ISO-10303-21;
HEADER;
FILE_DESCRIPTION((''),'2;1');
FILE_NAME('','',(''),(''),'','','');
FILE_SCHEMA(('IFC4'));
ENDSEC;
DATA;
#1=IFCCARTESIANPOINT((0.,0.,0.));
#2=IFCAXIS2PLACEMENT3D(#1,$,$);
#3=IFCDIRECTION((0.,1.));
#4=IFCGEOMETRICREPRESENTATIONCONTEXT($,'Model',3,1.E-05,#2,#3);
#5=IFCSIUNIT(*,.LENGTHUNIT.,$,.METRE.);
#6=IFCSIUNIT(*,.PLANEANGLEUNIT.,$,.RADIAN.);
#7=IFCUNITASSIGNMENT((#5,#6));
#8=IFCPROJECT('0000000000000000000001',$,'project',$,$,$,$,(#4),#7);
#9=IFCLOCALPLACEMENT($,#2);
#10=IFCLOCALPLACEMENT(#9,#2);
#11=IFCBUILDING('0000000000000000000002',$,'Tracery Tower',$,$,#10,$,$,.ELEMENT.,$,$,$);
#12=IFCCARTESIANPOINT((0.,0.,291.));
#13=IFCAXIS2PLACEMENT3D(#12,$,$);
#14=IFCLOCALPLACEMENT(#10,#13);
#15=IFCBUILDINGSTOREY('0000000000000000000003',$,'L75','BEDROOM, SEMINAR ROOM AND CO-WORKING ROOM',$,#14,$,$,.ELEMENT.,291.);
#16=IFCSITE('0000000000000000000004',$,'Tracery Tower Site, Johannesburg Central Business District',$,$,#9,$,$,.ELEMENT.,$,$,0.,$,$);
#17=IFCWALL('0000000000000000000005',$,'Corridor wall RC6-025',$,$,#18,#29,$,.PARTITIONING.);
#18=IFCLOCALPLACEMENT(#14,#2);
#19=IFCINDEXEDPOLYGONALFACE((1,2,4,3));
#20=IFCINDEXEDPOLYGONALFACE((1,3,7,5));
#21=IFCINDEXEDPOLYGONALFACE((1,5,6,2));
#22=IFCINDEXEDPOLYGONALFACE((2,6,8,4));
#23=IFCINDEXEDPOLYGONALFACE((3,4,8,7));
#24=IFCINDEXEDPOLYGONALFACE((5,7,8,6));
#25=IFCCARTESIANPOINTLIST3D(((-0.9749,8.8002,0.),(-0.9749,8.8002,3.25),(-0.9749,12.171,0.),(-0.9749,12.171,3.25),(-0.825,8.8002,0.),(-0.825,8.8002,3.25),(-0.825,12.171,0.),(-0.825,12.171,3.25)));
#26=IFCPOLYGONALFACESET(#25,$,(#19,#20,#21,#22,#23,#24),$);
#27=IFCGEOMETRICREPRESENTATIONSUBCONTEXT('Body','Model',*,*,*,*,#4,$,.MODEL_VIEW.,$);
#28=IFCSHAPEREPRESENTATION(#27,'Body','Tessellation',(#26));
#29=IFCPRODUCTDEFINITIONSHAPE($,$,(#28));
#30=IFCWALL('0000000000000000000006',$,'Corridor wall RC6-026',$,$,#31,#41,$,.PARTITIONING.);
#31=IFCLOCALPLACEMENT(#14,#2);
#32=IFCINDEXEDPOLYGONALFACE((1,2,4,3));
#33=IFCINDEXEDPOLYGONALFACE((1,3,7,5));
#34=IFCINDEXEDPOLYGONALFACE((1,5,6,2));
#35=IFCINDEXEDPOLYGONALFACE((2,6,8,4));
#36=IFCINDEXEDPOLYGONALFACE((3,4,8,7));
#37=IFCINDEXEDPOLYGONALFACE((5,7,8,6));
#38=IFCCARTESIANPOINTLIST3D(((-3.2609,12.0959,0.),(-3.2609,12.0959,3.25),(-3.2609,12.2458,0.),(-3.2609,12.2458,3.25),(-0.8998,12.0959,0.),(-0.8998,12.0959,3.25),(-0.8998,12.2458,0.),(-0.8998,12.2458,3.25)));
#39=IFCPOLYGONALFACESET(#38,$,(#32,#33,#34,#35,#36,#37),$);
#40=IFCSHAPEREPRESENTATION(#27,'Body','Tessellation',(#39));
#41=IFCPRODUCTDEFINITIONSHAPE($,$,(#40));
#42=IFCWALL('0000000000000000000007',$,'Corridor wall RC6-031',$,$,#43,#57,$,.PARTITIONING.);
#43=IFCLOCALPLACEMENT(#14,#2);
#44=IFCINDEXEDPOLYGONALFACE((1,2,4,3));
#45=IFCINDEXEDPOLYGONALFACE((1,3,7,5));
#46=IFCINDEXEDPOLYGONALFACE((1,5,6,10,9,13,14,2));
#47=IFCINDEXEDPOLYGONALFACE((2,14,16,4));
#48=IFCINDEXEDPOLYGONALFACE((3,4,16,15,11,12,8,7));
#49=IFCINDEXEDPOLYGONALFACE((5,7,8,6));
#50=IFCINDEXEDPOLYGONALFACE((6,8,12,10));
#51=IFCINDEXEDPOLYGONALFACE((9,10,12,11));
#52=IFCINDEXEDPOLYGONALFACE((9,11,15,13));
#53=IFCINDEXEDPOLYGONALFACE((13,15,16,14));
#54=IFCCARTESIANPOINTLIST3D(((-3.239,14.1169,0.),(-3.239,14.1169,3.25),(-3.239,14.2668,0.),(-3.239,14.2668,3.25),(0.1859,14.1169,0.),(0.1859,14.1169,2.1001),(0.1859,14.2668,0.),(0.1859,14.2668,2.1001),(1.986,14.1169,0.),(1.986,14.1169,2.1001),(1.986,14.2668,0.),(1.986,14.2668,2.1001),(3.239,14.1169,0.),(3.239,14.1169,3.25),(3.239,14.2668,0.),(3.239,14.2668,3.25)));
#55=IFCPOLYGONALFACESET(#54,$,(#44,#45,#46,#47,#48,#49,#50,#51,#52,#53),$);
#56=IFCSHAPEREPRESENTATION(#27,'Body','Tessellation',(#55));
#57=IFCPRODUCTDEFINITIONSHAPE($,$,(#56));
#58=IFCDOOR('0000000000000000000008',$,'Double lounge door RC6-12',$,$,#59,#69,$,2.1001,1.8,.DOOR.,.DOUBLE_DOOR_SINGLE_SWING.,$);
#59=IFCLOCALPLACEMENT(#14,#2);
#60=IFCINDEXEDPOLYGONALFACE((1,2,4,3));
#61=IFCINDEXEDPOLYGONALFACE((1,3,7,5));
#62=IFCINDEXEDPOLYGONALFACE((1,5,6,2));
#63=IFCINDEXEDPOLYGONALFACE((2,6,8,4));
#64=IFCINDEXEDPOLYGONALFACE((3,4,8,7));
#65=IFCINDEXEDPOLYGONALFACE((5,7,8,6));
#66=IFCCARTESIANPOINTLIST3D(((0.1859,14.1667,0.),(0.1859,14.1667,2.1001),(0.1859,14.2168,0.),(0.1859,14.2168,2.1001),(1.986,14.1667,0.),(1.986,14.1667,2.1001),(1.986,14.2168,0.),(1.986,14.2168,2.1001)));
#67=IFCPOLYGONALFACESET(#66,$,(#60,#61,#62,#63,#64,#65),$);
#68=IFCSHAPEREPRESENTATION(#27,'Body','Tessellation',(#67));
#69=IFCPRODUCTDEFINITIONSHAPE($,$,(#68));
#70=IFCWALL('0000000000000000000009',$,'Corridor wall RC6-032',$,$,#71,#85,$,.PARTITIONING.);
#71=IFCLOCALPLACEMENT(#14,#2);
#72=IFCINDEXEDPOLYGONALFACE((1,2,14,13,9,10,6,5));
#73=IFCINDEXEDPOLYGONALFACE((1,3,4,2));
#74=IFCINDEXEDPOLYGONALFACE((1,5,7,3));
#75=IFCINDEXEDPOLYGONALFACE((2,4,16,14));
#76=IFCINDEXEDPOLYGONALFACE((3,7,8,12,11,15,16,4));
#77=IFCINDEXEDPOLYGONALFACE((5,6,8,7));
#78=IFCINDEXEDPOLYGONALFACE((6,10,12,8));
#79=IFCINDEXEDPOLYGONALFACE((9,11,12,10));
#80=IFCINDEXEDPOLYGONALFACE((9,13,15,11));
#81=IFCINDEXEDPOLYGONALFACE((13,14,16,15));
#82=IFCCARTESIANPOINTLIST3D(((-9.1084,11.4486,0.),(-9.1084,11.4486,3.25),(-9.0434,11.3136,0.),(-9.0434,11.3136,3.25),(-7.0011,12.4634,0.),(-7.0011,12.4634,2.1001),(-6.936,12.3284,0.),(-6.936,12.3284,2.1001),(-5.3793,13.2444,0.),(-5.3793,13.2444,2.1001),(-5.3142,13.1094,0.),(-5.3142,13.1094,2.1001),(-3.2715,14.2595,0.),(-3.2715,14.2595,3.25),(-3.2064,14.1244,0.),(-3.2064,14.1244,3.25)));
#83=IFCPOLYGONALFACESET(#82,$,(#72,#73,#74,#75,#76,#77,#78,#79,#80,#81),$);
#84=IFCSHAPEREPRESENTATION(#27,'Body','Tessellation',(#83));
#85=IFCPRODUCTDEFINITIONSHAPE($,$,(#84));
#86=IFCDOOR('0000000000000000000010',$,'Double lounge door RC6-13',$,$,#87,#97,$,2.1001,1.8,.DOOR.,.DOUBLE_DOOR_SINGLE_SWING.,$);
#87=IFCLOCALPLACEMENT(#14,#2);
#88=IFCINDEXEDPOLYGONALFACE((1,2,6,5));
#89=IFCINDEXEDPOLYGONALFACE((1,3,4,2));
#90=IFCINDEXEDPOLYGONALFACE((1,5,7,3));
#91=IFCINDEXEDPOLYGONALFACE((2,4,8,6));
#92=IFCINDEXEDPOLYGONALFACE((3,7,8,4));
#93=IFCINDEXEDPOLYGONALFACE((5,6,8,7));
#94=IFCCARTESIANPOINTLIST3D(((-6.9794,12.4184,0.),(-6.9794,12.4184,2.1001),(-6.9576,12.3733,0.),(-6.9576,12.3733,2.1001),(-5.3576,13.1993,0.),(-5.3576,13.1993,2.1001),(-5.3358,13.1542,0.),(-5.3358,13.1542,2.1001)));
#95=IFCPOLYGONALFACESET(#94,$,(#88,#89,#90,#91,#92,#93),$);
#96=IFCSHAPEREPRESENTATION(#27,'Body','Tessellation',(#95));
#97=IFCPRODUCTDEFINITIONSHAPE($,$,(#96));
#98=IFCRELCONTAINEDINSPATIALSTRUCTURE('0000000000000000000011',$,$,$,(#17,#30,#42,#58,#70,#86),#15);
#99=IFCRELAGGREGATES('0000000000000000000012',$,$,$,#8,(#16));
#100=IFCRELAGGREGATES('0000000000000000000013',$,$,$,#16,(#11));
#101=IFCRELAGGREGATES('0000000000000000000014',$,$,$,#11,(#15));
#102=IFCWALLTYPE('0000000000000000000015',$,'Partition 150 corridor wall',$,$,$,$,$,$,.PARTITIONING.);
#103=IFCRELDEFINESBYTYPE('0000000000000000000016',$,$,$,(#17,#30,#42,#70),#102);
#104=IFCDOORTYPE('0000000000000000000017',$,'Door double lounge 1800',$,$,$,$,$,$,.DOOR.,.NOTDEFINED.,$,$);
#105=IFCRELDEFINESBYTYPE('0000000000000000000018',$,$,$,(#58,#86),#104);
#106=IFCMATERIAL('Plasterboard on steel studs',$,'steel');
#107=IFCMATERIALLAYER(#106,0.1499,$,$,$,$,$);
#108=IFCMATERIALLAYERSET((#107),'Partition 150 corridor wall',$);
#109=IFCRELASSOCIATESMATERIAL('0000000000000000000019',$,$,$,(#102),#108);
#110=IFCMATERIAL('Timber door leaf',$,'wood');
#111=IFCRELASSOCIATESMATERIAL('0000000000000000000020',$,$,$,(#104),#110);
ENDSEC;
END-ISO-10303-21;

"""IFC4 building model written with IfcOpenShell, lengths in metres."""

from ifc_helpers import new_model, si_unit, direction, frame, frame_2d, origin, place, context, subcontext, project, spatial, rectangle, extrude, material, layer, layer_set, type_object, element, fill, save


model = new_model("IFC4")

# Units and contexts
model_context = context("Model", 3, precision=1e-05, world=origin(), true_north=direction((0.0, 1.0)))
body_context = subcontext(model_context, "Body", "Model", "MODEL_VIEW")
ifc_project = project(units=[si_unit("LENGTHUNIT", "METRE"), si_unit("PLANEANGLEUNIT", "RADIAN")], contexts=[model_context])

# Site, building, storey
site_placement = place(None, origin())
site = spatial("IfcSite", under=ifc_project, at=site_placement, Name="Tracery Tower Site, Johannesburg Central Business District", CompositionType="ELEMENT", RefElevation=0.0)
building_placement = place(site_placement, origin())
building = spatial("IfcBuilding", under=site, at=building_placement, Name="Tracery Tower", CompositionType="ELEMENT")
storey_placement = place(building_placement, frame((0.0, 0.0, 291.0)))
storey = spatial("IfcBuildingStorey", under=building, at=storey_placement, Name="L75", Description="BEDROOM, SEMINAR ROOM AND CO-WORKING ROOM", CompositionType="ELEMENT", Elevation=291.0)

# Shared definitions
ifc_material_1 = material(Name="Plasterboard on steel studs", Category="steel")
ifc_layer_1 = layer(ifc_material_1, 0.1499)
ifc_layer_set_1 = layer_set([ifc_layer_1], Name="Partition 150 corridor wall")
wall_type_1 = type_object("IfcWallType", Name="Partition 150 corridor wall", PredefinedType="PARTITIONING", material=ifc_layer_set_1)

# Walls
wall_1_placement = place(storey_placement, frame((-0.8999, 8.8, 0.0), z_axis=(0.0, 0.0, 1.0), x_axis=(0.0, 1.0, 0.0)))
element("IfcWall", 1, at=wall_1_placement, inside=storey, type_object=wall_type_1, Name="Corridor wall RC6-025", PredefinedType="PARTITIONING", context=body_context, shape_type="SweptSolid", body=[
    extrude(rectangle(XDim=3.3708, YDim=0.1499, at=frame_2d((1.6855, 0.0))), origin(), (0.0, 0.0, 1.0), 3.25),
])
wall_2_placement = place(storey_placement, frame((-3.261, 12.1709, 0.0), z_axis=(0.0, 0.0, 1.0), x_axis=(1.0, 0.0, 0.0)))
element("IfcWall", 2, at=wall_2_placement, inside=storey, type_object=wall_type_1, Name="Corridor wall RC6-026", PredefinedType="PARTITIONING", context=body_context, shape_type="SweptSolid", body=[
    extrude(rectangle(XDim=2.3611, YDim=0.1499, at=frame_2d((1.1807, 0.0))), origin(), (0.0, 0.0, 1.0), 3.25),
])

# Walls, openings, doors
wall_3_placement = place(storey_placement, frame((-3.239, 14.1919, 0.0), z_axis=(0.0, 0.0, 1.0), x_axis=(1.0, 0.0, 0.0)))
wall_3 = element("IfcWall", 3, at=wall_3_placement, inside=storey, type_object=wall_type_1, Name="Corridor wall RC6-031", PredefinedType="PARTITIONING", context=body_context, shape_type="SweptSolid", body=[
    extrude(rectangle(XDim=6.478, YDim=0.1499, at=frame_2d((3.239, 0.0))), origin(), (0.0, 0.0, 1.0), 3.25),
])
opening_1_placement = place(wall_3_placement, frame((3.425, 0.0, 0.0)))
opening_1 = element("IfcOpeningElement", 4, at=opening_1_placement, cuts=wall_3, PredefinedType="OPENING", context=body_context, shape_type="SweptSolid", body=[
    extrude(rectangle(XDim=1.8, YDim=2.1001, at=frame_2d((0.8999, 1.05))), frame((0.0, 0.075, 0.0), z_axis=(0.0, -1.0, 0.0), x_axis=(1.0, 0.0, 0.0)), (0.0, 0.0, 1.0), 0.1499),
])
ifc_material_2 = material(Name="Timber door leaf", Category="wood")
door_type_1 = type_object("IfcDoorType", Name="Door double lounge 1800", OperationType="NOTDEFINED", PredefinedType="DOOR", material=ifc_material_2)
door_1_placement = place(opening_1_placement, origin())
door_1 = element("IfcDoor", 5, at=door_1_placement, inside=storey, type_object=door_type_1, Name="Double lounge door RC6-12", OperationType="DOUBLE_DOOR_SINGLE_SWING", OverallHeight=2.1001, OverallWidth=1.8, PredefinedType="DOOR", context=body_context, shape_type="SweptSolid", body=[
    extrude(rectangle(XDim=1.8, YDim=2.1001, at=frame_2d((0.8999, 1.05))), frame((0.0, 0.0249, 0.0), z_axis=(0.0, -1.0, 0.0), x_axis=(1.0, 0.0, 0.0)), (0.0, 0.0, 1.0), 0.05),
])
fill(opening_1, door_1)
wall_4_placement = place(storey_placement, frame((-9.0759, 11.3811, 0.0), z_axis=(0.0, 0.0, 1.0), x_axis=(0.900976, 0.433869, 0.0)))
wall_4 = element("IfcWall", 6, at=wall_4_placement, inside=storey, type_object=wall_type_1, Name="Corridor wall RC6-032", PredefinedType="PARTITIONING", context=body_context, shape_type="SweptSolid", body=[
    extrude(rectangle(XDim=6.4785, YDim=0.1499, at=frame_2d((3.2393, 0.0))), origin(), (0.0, 0.0, 1.0), 3.25),
])
opening_2_placement = place(wall_4_placement, frame((2.3391, 0.0, 0.0)))
opening_2 = element("IfcOpeningElement", 7, at=opening_2_placement, cuts=wall_4, PredefinedType="OPENING", context=body_context, shape_type="SweptSolid", body=[
    extrude(rectangle(XDim=1.8, YDim=2.1001, at=frame_2d((0.8999, 1.05))), frame((0.0, 0.075, 0.0), z_axis=(0.0, -1.0, 0.0), x_axis=(1.0, 0.0, 0.0)), (0.0, 0.0, 1.0), 0.1499),
])
door_2_placement = place(opening_2_placement, origin())
door_2 = element("IfcDoor", 8, at=door_2_placement, inside=storey, type_object=door_type_1, Name="Double lounge door RC6-13", OperationType="DOUBLE_DOOR_SINGLE_SWING", OverallHeight=2.1001, OverallWidth=1.8, PredefinedType="DOOR", context=body_context, shape_type="SweptSolid", body=[
    extrude(rectangle(XDim=1.8, YDim=2.1001, at=frame_2d((0.8999, 1.05))), frame((0.0, 0.0249, 0.0), z_axis=(0.0, -1.0, 0.0), x_axis=(1.0, 0.0, 0.0)), (0.0, 0.0, 1.0), 0.05),
])
fill(opening_2, door_2)

save(model, "model.ifc")
